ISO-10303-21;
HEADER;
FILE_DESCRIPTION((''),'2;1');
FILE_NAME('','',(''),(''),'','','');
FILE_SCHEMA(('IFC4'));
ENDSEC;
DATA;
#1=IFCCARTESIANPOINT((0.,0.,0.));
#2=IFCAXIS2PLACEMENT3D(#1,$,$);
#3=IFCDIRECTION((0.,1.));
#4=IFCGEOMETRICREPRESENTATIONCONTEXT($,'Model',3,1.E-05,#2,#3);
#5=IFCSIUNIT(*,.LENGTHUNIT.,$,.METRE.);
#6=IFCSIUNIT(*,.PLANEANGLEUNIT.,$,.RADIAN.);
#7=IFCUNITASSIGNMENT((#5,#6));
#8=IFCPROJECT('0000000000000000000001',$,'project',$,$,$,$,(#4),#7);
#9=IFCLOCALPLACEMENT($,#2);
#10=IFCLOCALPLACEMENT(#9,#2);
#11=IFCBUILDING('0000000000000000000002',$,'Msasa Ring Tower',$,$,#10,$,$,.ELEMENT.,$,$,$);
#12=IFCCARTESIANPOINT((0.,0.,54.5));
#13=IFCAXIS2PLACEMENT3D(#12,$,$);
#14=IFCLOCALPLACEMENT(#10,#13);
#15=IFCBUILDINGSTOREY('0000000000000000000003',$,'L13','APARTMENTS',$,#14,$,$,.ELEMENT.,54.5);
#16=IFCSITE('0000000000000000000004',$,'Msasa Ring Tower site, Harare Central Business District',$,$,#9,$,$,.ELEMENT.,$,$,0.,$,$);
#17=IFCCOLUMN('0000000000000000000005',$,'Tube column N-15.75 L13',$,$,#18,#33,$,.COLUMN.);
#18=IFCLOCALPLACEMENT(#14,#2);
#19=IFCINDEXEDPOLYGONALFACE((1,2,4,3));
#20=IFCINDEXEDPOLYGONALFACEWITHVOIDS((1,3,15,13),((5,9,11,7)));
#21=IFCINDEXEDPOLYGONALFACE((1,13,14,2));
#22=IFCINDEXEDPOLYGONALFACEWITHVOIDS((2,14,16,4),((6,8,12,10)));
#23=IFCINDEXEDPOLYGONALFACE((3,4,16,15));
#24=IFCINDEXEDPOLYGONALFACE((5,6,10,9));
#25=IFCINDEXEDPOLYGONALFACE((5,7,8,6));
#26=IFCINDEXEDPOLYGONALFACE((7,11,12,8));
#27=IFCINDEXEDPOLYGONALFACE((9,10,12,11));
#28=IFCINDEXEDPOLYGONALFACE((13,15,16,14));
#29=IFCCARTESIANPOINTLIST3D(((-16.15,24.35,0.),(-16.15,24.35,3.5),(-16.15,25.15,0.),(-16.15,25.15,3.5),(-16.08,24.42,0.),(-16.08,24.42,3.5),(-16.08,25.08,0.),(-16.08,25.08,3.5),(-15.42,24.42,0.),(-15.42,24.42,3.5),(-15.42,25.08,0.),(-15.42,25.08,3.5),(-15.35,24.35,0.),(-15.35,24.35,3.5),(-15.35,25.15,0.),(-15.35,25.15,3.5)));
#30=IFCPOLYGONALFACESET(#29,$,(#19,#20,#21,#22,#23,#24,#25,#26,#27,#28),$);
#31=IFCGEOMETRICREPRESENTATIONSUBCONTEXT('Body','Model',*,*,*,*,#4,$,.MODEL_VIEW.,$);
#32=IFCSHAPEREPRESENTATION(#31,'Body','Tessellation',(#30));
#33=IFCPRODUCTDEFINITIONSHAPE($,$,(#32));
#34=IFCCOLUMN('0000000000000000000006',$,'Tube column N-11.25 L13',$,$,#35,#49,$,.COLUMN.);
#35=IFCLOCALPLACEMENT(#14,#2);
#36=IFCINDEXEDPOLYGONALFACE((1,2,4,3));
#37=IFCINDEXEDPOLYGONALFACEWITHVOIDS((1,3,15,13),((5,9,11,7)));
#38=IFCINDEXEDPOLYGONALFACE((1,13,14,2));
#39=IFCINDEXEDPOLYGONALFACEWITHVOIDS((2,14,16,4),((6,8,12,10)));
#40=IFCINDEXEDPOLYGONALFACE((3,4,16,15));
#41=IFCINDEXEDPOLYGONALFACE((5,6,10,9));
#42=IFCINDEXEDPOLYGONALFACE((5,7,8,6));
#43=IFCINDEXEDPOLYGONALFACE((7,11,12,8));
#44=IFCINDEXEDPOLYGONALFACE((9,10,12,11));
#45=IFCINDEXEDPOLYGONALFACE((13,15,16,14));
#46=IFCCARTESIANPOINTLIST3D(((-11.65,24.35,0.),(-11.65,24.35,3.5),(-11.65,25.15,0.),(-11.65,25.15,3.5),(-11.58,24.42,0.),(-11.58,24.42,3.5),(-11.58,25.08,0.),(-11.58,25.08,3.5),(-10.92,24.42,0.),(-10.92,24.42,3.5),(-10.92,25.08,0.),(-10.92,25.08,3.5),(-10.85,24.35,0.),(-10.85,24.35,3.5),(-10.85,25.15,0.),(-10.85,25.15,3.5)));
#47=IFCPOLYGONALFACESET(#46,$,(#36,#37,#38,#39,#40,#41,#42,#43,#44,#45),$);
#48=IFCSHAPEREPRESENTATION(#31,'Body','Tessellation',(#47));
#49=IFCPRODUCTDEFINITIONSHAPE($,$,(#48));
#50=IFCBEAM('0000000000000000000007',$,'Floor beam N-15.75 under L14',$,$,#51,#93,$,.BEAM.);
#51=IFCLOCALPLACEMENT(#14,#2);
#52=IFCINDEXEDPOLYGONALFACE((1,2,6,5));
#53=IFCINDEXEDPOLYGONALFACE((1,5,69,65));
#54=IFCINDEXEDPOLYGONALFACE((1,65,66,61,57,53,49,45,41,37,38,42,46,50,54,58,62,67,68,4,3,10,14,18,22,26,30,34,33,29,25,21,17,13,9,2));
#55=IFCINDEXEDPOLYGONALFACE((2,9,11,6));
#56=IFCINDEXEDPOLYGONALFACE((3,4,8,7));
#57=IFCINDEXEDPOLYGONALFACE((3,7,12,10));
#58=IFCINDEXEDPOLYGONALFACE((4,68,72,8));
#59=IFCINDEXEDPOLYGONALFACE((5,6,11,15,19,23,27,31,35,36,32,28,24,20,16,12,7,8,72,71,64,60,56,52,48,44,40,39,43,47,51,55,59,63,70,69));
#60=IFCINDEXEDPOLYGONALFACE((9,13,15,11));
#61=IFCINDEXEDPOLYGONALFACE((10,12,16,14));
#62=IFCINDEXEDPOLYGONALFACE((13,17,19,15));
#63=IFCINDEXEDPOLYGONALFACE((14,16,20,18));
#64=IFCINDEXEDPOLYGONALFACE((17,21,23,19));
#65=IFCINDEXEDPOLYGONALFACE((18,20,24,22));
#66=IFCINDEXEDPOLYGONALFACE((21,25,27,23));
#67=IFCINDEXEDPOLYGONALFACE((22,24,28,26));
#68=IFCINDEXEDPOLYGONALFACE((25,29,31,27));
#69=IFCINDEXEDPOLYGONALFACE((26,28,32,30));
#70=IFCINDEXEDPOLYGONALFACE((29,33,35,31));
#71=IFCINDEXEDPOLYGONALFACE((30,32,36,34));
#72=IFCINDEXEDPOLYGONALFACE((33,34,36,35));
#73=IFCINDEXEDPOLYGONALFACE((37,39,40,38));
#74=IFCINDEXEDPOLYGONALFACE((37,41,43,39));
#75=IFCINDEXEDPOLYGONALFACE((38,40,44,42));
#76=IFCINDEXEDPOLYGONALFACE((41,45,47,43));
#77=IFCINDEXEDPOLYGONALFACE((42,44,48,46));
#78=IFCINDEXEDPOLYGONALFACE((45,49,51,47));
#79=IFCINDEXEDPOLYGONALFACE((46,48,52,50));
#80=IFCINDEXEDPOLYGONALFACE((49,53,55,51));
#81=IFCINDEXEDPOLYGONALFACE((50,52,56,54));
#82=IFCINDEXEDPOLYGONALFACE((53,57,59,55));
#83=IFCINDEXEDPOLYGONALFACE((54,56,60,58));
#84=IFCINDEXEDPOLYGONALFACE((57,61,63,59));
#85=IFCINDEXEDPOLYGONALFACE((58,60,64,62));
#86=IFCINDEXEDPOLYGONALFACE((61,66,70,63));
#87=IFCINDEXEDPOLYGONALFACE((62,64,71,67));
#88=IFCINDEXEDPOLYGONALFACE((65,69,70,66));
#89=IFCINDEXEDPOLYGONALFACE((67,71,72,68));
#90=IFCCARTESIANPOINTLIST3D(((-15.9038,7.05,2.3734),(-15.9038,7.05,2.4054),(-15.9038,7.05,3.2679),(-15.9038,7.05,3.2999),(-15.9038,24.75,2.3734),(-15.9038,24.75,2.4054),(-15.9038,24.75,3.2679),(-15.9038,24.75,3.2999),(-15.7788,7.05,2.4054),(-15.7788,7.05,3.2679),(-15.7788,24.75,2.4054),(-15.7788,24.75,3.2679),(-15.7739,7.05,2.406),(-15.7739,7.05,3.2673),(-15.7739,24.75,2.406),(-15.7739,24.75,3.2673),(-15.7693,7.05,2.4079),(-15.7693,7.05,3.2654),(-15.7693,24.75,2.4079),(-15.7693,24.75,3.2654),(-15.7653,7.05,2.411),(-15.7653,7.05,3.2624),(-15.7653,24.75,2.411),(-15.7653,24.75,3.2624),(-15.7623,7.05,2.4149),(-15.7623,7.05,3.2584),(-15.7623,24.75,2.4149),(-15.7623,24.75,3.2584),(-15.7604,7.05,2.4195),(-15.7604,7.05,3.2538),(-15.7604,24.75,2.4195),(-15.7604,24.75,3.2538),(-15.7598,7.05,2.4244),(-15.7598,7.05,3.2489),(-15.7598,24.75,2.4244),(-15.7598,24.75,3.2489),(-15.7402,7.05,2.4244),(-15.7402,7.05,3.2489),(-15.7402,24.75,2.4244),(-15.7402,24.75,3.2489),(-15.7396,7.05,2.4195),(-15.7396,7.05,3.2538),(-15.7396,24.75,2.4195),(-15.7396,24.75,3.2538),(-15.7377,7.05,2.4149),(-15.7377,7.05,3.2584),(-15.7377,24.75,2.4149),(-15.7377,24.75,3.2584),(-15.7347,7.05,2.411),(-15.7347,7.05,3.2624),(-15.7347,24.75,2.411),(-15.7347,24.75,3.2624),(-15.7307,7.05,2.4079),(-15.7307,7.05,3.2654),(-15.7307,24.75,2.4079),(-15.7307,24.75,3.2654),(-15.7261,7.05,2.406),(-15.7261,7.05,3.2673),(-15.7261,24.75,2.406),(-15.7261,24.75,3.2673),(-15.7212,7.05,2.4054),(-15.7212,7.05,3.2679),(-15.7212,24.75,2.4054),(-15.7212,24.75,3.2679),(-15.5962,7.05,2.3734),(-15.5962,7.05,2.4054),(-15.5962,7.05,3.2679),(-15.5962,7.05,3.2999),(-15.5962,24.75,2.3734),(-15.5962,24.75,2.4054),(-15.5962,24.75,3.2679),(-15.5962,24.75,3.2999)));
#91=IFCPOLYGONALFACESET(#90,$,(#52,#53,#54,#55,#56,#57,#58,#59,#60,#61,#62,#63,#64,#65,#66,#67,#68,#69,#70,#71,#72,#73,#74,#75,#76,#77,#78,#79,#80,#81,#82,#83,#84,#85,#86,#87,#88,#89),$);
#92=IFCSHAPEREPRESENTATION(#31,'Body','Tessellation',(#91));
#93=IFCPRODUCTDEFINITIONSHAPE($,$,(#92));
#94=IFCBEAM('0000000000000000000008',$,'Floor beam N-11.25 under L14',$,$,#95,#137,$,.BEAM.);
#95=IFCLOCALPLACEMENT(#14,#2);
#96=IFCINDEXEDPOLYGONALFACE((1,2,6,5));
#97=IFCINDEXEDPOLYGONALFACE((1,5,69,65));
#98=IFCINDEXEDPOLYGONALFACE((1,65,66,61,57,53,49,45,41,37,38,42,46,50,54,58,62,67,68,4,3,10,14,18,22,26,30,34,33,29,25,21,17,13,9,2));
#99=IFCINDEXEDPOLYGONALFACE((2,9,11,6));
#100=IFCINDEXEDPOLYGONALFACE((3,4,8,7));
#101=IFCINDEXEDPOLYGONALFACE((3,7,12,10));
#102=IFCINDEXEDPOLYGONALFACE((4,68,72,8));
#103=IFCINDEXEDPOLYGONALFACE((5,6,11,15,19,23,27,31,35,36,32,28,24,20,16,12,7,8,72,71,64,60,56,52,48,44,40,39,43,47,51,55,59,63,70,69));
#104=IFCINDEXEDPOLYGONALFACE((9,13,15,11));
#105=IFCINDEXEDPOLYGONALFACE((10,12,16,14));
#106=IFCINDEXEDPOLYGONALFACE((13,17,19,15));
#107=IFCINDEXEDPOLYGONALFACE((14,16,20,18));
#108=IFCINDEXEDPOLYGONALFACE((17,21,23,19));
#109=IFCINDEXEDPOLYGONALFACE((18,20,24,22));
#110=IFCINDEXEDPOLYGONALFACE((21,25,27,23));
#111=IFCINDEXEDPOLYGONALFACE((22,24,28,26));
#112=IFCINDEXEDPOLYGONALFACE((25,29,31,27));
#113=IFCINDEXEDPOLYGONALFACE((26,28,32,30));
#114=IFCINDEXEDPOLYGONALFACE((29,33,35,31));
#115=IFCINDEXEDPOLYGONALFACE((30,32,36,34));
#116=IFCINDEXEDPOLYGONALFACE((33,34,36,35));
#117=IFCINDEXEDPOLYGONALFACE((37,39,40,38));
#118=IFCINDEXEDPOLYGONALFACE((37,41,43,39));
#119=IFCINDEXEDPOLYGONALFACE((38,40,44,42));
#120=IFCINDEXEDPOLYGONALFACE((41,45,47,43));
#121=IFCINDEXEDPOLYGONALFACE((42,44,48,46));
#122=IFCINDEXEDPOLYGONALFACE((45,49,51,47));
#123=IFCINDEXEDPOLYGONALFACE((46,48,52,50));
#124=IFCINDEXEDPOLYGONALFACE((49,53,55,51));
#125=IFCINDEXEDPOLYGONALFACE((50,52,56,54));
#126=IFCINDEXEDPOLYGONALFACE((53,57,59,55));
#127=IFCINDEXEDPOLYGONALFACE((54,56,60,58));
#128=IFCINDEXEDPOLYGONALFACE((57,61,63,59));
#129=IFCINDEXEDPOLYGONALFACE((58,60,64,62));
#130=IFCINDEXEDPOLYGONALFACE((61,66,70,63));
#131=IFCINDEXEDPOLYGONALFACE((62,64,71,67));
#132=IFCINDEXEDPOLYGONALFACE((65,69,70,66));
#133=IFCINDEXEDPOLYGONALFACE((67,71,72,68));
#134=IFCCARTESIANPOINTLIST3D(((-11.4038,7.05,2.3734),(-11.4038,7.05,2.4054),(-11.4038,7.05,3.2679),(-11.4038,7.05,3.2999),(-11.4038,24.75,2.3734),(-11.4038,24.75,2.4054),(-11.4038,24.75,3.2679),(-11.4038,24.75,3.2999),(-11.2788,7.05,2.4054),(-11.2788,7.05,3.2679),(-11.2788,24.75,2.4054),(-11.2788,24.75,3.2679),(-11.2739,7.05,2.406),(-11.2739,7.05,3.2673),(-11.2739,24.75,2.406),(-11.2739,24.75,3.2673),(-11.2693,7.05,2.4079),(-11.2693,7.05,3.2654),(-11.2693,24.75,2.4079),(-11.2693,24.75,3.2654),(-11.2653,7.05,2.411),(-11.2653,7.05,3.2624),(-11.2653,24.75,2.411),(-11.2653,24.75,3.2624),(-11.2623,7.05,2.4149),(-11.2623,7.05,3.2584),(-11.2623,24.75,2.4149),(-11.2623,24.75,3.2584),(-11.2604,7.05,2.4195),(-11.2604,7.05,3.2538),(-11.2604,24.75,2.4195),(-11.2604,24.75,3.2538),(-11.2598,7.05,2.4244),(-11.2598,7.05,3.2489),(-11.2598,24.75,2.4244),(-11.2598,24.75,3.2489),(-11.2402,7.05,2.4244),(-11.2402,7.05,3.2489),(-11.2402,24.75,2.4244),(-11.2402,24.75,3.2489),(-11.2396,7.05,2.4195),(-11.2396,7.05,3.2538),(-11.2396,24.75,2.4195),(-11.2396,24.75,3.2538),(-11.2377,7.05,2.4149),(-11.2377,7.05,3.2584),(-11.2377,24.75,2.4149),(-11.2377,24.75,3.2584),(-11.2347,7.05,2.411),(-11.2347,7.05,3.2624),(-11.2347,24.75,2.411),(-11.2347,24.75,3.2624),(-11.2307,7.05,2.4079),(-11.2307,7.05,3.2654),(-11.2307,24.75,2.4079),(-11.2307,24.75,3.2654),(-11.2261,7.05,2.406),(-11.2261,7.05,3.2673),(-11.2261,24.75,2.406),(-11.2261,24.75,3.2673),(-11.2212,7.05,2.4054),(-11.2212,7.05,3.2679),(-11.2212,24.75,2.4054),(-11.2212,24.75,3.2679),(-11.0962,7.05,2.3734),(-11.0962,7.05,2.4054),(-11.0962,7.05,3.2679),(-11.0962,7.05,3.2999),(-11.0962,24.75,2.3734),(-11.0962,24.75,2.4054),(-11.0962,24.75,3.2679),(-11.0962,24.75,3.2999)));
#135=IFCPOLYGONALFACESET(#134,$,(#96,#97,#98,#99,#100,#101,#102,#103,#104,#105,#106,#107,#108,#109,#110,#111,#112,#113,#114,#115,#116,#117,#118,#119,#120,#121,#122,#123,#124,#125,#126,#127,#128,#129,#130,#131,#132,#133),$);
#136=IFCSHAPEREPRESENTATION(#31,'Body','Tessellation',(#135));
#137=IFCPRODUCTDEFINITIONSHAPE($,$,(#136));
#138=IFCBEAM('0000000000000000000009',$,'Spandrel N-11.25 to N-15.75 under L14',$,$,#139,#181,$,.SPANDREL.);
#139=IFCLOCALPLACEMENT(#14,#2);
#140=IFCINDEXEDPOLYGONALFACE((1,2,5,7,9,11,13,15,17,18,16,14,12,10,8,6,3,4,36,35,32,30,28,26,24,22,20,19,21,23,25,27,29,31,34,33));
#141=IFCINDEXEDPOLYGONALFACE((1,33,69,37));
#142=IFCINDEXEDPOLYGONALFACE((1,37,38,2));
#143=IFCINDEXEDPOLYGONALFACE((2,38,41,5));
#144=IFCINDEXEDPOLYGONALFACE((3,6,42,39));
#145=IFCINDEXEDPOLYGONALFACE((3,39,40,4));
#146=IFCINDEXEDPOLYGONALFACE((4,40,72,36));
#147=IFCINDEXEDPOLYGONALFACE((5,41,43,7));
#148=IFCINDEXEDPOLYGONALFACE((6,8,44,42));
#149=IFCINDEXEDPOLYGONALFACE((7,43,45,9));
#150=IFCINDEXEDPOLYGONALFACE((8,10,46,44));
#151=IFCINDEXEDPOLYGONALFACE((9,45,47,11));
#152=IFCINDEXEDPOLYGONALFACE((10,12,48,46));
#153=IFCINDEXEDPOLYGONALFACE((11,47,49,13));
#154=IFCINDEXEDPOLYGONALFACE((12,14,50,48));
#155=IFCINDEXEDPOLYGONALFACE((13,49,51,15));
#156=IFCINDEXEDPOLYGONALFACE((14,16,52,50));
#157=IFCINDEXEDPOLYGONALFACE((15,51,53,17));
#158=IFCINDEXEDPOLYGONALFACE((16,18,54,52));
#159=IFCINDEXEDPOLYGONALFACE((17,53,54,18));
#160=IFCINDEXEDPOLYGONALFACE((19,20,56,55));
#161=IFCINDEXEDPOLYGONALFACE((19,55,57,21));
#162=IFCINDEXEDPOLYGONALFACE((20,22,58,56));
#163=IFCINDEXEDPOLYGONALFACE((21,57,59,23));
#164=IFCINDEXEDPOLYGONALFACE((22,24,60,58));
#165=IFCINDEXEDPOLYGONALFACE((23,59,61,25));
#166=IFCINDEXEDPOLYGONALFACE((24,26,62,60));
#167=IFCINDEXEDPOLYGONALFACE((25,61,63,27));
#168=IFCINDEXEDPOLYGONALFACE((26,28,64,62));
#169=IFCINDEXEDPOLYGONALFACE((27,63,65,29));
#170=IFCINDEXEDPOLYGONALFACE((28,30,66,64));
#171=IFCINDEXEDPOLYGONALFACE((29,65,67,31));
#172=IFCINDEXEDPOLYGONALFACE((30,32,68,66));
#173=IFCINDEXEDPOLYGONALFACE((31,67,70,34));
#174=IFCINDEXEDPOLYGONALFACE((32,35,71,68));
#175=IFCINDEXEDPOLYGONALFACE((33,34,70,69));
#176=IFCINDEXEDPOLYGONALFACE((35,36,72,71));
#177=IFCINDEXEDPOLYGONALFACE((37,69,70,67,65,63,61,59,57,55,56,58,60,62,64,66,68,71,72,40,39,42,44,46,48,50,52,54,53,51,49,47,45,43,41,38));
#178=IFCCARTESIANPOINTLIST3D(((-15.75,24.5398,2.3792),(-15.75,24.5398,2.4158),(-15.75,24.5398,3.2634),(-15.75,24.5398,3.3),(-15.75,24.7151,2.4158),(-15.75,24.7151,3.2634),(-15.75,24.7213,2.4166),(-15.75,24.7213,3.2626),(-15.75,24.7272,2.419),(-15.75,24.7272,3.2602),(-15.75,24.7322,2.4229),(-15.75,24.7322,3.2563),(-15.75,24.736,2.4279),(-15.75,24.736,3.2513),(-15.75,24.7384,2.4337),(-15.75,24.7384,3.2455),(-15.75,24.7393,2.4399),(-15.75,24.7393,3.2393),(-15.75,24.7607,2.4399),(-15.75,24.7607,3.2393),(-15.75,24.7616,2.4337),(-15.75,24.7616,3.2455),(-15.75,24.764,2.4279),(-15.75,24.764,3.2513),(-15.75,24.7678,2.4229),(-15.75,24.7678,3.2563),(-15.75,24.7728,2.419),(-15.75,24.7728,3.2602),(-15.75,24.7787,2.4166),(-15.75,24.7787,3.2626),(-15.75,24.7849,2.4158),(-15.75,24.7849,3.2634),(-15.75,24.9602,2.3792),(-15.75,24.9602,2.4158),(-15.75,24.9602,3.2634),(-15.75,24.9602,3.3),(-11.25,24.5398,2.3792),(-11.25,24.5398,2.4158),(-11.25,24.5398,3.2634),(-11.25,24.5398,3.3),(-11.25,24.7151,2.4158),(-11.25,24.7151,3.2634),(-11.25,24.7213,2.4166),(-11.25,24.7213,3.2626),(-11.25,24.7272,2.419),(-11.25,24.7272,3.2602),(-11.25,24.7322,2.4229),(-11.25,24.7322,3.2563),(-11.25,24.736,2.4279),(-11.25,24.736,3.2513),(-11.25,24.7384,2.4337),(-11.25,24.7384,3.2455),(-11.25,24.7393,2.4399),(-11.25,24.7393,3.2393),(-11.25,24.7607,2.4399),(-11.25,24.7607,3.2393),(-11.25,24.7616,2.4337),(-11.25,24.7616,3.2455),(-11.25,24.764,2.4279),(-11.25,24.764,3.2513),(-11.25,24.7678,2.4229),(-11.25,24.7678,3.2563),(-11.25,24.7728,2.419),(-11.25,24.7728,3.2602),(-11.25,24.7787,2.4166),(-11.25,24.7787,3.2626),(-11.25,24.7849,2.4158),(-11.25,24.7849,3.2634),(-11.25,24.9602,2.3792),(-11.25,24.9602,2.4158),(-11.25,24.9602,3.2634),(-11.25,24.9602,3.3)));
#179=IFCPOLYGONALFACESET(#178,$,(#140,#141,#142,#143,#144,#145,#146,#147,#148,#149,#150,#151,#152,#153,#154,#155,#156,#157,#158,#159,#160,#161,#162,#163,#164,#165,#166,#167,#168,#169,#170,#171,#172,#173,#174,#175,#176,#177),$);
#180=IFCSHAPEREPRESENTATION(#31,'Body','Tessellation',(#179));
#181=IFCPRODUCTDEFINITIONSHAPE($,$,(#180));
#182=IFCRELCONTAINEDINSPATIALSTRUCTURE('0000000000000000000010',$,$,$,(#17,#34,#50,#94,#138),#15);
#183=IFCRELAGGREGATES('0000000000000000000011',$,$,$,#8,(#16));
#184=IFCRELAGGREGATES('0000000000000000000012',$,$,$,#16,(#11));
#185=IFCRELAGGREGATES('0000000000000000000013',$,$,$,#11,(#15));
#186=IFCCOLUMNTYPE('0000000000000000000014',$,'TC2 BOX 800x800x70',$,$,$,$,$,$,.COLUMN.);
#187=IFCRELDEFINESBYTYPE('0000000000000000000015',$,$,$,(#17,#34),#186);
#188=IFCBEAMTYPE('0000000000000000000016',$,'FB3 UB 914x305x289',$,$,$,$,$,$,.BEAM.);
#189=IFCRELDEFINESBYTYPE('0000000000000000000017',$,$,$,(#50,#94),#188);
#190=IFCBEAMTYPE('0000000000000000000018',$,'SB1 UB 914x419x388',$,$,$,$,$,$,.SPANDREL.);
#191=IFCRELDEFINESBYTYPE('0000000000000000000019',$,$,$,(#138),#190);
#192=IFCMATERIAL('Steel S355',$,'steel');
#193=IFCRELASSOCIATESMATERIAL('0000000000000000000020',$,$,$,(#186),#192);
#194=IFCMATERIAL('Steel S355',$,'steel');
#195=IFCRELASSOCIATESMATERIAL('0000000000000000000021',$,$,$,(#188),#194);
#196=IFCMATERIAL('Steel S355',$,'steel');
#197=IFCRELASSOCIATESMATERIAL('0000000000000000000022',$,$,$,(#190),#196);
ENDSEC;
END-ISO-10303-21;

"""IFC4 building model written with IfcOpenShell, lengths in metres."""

from ifc_helpers import new_model, si_unit, direction, frame, origin, origin_2d, place, context, subcontext, project, spatial, hollow_rectangle, i_section, extrude, material, material_profile, profile_set, type_object, element, save


model = new_model("IFC4")

# Units and contexts
model_context = context("Model", 3, precision=1e-05, world=origin(), true_north=direction((0.0, 1.0)))
body_context = subcontext(model_context, "Body", "Model", "MODEL_VIEW")
ifc_project = project(units=[si_unit("LENGTHUNIT", "METRE"), si_unit("PLANEANGLEUNIT", "RADIAN")], contexts=[model_context])

# Site, building, storey
site_placement = place(None, origin())
site = spatial("IfcSite", under=ifc_project, at=site_placement, Name="Msasa Ring Tower site, Harare Central Business District", CompositionType="ELEMENT", RefElevation=0.0)
building_placement = place(site_placement, origin())
building = spatial("IfcBuilding", under=site, at=building_placement, Name="Msasa Ring Tower", CompositionType="ELEMENT")
storey_placement = place(building_placement, frame((0.0, 0.0, 54.5)))
storey = spatial("IfcBuildingStorey", under=building, at=storey_placement, Name="L13", Description="APARTMENTS", CompositionType="ELEMENT", Elevation=54.5)

# Columns
ifc_material_1 = material(Name="Steel S355", Category="steel")
ifc_material_profile_1 = material_profile(ifc_material_1, hollow_rectangle(XDim=0.8, YDim=0.8, WallThickness=0.0701, at=origin_2d()), Name="BOX 800x800x70")
ifc_profile_set_1 = profile_set([ifc_material_profile_1], Name="Steel S355")
column_type = type_object("IfcColumnType", Name="TC2 BOX 800x800x70", PredefinedType="COLUMN", material=ifc_profile_set_1)
for number, where, z_axis, x_axis, name in (
    (1, (-15.75, 24.75, 0.0), (0.0, 0.0, 1.0), (0.0, 1.0, 0.0), "Tube column N-15.75 L13"),
    (2, (-11.25, 24.75, 0.0), (0.0, 0.0, 1.0), (0.0, 1.0, 0.0), "Tube column N-11.25 L13"),
):
    element("IfcColumn", number, at=place(storey_placement, frame(where, z_axis=z_axis, x_axis=x_axis)), inside=storey, type_object=column_type, Name=name, PredefinedType="COLUMN", context=body_context, shape_type="SweptSolid", body=[
        extrude(hollow_rectangle(XDim=0.8, YDim=0.8, WallThickness=0.0701, at=origin_2d()), origin(), (0.0, 0.0, 1.0), 3.5),
    ])

# Beams
ifc_material_2 = material(Name="Steel S355", Category="steel")
ifc_material_profile_2 = material_profile(ifc_material_2, i_section(OverallWidth=0.3076, OverallDepth=0.9265, WebThickness=0.0195, FlangeThickness=0.032, FilletRadius=0.019, at=origin_2d()), Name="UB 914x305x289")
ifc_profile_set_2 = profile_set([ifc_material_profile_2], Name="Steel S355")
beam_type_1 = type_object("IfcBeamType", Name="FB3 UB 914x305x289", PredefinedType="BEAM", material=ifc_profile_set_2)
for number, where, z_axis, x_axis, name in (
    (3, (-15.75, 24.75, 2.8367), (0.0, -1.0, 0.0), (1.0, 0.0, 0.0), "Floor beam N-15.75 under L14"),
    (4, (-11.25, 24.75, 2.8367), (0.0, -1.0, 0.0), (1.0, 0.0, 0.0), "Floor beam N-11.25 under L14"),
):
    element("IfcBeam", number, at=place(storey_placement, frame(where, z_axis=z_axis, x_axis=x_axis)), inside=storey, type_object=beam_type_1, Name=name, PredefinedType="BEAM", context=body_context, shape_type="SweptSolid", body=[
        extrude(i_section(OverallWidth=0.3076, OverallDepth=0.9265, WebThickness=0.0195, FlangeThickness=0.032, FilletRadius=0.019, at=origin_2d()), origin(), (0.0, 0.0, 1.0), 17.7),
    ])
ifc_material_3 = material(Name="Steel S355", Category="steel")
ifc_material_profile_3 = material_profile(ifc_material_3, i_section(OverallWidth=0.4204, OverallDepth=0.9209, WebThickness=0.0215, FlangeThickness=0.0366, FilletRadius=0.0242, at=origin_2d()), Name="UB 914x419x388")
ifc_profile_set_3 = profile_set([ifc_material_profile_3], Name="Steel S355")
beam_type_2 = type_object("IfcBeamType", Name="SB1 UB 914x419x388", PredefinedType="SPANDREL", material=ifc_profile_set_3)
for number, where, z_axis, x_axis, name in (
    (5, (-11.25, 24.75, 2.8396), (-1.0, 0.0, 0.0), (0.0, -1.0, 0.0), "Spandrel N-11.25 to N-15.75 under L14"),
):
    element("IfcBeam", number, at=place(storey_placement, frame(where, z_axis=z_axis, x_axis=x_axis)), inside=storey, type_object=beam_type_2, Name=name, PredefinedType="SPANDREL", context=body_context, shape_type="SweptSolid", body=[
        extrude(i_section(OverallWidth=0.4204, OverallDepth=0.9209, WebThickness=0.0215, FlangeThickness=0.0366, FilletRadius=0.0242, at=origin_2d()), origin(), (0.0, 0.0, 1.0), 4.5),
    ])

save(model, "model.ifc")
